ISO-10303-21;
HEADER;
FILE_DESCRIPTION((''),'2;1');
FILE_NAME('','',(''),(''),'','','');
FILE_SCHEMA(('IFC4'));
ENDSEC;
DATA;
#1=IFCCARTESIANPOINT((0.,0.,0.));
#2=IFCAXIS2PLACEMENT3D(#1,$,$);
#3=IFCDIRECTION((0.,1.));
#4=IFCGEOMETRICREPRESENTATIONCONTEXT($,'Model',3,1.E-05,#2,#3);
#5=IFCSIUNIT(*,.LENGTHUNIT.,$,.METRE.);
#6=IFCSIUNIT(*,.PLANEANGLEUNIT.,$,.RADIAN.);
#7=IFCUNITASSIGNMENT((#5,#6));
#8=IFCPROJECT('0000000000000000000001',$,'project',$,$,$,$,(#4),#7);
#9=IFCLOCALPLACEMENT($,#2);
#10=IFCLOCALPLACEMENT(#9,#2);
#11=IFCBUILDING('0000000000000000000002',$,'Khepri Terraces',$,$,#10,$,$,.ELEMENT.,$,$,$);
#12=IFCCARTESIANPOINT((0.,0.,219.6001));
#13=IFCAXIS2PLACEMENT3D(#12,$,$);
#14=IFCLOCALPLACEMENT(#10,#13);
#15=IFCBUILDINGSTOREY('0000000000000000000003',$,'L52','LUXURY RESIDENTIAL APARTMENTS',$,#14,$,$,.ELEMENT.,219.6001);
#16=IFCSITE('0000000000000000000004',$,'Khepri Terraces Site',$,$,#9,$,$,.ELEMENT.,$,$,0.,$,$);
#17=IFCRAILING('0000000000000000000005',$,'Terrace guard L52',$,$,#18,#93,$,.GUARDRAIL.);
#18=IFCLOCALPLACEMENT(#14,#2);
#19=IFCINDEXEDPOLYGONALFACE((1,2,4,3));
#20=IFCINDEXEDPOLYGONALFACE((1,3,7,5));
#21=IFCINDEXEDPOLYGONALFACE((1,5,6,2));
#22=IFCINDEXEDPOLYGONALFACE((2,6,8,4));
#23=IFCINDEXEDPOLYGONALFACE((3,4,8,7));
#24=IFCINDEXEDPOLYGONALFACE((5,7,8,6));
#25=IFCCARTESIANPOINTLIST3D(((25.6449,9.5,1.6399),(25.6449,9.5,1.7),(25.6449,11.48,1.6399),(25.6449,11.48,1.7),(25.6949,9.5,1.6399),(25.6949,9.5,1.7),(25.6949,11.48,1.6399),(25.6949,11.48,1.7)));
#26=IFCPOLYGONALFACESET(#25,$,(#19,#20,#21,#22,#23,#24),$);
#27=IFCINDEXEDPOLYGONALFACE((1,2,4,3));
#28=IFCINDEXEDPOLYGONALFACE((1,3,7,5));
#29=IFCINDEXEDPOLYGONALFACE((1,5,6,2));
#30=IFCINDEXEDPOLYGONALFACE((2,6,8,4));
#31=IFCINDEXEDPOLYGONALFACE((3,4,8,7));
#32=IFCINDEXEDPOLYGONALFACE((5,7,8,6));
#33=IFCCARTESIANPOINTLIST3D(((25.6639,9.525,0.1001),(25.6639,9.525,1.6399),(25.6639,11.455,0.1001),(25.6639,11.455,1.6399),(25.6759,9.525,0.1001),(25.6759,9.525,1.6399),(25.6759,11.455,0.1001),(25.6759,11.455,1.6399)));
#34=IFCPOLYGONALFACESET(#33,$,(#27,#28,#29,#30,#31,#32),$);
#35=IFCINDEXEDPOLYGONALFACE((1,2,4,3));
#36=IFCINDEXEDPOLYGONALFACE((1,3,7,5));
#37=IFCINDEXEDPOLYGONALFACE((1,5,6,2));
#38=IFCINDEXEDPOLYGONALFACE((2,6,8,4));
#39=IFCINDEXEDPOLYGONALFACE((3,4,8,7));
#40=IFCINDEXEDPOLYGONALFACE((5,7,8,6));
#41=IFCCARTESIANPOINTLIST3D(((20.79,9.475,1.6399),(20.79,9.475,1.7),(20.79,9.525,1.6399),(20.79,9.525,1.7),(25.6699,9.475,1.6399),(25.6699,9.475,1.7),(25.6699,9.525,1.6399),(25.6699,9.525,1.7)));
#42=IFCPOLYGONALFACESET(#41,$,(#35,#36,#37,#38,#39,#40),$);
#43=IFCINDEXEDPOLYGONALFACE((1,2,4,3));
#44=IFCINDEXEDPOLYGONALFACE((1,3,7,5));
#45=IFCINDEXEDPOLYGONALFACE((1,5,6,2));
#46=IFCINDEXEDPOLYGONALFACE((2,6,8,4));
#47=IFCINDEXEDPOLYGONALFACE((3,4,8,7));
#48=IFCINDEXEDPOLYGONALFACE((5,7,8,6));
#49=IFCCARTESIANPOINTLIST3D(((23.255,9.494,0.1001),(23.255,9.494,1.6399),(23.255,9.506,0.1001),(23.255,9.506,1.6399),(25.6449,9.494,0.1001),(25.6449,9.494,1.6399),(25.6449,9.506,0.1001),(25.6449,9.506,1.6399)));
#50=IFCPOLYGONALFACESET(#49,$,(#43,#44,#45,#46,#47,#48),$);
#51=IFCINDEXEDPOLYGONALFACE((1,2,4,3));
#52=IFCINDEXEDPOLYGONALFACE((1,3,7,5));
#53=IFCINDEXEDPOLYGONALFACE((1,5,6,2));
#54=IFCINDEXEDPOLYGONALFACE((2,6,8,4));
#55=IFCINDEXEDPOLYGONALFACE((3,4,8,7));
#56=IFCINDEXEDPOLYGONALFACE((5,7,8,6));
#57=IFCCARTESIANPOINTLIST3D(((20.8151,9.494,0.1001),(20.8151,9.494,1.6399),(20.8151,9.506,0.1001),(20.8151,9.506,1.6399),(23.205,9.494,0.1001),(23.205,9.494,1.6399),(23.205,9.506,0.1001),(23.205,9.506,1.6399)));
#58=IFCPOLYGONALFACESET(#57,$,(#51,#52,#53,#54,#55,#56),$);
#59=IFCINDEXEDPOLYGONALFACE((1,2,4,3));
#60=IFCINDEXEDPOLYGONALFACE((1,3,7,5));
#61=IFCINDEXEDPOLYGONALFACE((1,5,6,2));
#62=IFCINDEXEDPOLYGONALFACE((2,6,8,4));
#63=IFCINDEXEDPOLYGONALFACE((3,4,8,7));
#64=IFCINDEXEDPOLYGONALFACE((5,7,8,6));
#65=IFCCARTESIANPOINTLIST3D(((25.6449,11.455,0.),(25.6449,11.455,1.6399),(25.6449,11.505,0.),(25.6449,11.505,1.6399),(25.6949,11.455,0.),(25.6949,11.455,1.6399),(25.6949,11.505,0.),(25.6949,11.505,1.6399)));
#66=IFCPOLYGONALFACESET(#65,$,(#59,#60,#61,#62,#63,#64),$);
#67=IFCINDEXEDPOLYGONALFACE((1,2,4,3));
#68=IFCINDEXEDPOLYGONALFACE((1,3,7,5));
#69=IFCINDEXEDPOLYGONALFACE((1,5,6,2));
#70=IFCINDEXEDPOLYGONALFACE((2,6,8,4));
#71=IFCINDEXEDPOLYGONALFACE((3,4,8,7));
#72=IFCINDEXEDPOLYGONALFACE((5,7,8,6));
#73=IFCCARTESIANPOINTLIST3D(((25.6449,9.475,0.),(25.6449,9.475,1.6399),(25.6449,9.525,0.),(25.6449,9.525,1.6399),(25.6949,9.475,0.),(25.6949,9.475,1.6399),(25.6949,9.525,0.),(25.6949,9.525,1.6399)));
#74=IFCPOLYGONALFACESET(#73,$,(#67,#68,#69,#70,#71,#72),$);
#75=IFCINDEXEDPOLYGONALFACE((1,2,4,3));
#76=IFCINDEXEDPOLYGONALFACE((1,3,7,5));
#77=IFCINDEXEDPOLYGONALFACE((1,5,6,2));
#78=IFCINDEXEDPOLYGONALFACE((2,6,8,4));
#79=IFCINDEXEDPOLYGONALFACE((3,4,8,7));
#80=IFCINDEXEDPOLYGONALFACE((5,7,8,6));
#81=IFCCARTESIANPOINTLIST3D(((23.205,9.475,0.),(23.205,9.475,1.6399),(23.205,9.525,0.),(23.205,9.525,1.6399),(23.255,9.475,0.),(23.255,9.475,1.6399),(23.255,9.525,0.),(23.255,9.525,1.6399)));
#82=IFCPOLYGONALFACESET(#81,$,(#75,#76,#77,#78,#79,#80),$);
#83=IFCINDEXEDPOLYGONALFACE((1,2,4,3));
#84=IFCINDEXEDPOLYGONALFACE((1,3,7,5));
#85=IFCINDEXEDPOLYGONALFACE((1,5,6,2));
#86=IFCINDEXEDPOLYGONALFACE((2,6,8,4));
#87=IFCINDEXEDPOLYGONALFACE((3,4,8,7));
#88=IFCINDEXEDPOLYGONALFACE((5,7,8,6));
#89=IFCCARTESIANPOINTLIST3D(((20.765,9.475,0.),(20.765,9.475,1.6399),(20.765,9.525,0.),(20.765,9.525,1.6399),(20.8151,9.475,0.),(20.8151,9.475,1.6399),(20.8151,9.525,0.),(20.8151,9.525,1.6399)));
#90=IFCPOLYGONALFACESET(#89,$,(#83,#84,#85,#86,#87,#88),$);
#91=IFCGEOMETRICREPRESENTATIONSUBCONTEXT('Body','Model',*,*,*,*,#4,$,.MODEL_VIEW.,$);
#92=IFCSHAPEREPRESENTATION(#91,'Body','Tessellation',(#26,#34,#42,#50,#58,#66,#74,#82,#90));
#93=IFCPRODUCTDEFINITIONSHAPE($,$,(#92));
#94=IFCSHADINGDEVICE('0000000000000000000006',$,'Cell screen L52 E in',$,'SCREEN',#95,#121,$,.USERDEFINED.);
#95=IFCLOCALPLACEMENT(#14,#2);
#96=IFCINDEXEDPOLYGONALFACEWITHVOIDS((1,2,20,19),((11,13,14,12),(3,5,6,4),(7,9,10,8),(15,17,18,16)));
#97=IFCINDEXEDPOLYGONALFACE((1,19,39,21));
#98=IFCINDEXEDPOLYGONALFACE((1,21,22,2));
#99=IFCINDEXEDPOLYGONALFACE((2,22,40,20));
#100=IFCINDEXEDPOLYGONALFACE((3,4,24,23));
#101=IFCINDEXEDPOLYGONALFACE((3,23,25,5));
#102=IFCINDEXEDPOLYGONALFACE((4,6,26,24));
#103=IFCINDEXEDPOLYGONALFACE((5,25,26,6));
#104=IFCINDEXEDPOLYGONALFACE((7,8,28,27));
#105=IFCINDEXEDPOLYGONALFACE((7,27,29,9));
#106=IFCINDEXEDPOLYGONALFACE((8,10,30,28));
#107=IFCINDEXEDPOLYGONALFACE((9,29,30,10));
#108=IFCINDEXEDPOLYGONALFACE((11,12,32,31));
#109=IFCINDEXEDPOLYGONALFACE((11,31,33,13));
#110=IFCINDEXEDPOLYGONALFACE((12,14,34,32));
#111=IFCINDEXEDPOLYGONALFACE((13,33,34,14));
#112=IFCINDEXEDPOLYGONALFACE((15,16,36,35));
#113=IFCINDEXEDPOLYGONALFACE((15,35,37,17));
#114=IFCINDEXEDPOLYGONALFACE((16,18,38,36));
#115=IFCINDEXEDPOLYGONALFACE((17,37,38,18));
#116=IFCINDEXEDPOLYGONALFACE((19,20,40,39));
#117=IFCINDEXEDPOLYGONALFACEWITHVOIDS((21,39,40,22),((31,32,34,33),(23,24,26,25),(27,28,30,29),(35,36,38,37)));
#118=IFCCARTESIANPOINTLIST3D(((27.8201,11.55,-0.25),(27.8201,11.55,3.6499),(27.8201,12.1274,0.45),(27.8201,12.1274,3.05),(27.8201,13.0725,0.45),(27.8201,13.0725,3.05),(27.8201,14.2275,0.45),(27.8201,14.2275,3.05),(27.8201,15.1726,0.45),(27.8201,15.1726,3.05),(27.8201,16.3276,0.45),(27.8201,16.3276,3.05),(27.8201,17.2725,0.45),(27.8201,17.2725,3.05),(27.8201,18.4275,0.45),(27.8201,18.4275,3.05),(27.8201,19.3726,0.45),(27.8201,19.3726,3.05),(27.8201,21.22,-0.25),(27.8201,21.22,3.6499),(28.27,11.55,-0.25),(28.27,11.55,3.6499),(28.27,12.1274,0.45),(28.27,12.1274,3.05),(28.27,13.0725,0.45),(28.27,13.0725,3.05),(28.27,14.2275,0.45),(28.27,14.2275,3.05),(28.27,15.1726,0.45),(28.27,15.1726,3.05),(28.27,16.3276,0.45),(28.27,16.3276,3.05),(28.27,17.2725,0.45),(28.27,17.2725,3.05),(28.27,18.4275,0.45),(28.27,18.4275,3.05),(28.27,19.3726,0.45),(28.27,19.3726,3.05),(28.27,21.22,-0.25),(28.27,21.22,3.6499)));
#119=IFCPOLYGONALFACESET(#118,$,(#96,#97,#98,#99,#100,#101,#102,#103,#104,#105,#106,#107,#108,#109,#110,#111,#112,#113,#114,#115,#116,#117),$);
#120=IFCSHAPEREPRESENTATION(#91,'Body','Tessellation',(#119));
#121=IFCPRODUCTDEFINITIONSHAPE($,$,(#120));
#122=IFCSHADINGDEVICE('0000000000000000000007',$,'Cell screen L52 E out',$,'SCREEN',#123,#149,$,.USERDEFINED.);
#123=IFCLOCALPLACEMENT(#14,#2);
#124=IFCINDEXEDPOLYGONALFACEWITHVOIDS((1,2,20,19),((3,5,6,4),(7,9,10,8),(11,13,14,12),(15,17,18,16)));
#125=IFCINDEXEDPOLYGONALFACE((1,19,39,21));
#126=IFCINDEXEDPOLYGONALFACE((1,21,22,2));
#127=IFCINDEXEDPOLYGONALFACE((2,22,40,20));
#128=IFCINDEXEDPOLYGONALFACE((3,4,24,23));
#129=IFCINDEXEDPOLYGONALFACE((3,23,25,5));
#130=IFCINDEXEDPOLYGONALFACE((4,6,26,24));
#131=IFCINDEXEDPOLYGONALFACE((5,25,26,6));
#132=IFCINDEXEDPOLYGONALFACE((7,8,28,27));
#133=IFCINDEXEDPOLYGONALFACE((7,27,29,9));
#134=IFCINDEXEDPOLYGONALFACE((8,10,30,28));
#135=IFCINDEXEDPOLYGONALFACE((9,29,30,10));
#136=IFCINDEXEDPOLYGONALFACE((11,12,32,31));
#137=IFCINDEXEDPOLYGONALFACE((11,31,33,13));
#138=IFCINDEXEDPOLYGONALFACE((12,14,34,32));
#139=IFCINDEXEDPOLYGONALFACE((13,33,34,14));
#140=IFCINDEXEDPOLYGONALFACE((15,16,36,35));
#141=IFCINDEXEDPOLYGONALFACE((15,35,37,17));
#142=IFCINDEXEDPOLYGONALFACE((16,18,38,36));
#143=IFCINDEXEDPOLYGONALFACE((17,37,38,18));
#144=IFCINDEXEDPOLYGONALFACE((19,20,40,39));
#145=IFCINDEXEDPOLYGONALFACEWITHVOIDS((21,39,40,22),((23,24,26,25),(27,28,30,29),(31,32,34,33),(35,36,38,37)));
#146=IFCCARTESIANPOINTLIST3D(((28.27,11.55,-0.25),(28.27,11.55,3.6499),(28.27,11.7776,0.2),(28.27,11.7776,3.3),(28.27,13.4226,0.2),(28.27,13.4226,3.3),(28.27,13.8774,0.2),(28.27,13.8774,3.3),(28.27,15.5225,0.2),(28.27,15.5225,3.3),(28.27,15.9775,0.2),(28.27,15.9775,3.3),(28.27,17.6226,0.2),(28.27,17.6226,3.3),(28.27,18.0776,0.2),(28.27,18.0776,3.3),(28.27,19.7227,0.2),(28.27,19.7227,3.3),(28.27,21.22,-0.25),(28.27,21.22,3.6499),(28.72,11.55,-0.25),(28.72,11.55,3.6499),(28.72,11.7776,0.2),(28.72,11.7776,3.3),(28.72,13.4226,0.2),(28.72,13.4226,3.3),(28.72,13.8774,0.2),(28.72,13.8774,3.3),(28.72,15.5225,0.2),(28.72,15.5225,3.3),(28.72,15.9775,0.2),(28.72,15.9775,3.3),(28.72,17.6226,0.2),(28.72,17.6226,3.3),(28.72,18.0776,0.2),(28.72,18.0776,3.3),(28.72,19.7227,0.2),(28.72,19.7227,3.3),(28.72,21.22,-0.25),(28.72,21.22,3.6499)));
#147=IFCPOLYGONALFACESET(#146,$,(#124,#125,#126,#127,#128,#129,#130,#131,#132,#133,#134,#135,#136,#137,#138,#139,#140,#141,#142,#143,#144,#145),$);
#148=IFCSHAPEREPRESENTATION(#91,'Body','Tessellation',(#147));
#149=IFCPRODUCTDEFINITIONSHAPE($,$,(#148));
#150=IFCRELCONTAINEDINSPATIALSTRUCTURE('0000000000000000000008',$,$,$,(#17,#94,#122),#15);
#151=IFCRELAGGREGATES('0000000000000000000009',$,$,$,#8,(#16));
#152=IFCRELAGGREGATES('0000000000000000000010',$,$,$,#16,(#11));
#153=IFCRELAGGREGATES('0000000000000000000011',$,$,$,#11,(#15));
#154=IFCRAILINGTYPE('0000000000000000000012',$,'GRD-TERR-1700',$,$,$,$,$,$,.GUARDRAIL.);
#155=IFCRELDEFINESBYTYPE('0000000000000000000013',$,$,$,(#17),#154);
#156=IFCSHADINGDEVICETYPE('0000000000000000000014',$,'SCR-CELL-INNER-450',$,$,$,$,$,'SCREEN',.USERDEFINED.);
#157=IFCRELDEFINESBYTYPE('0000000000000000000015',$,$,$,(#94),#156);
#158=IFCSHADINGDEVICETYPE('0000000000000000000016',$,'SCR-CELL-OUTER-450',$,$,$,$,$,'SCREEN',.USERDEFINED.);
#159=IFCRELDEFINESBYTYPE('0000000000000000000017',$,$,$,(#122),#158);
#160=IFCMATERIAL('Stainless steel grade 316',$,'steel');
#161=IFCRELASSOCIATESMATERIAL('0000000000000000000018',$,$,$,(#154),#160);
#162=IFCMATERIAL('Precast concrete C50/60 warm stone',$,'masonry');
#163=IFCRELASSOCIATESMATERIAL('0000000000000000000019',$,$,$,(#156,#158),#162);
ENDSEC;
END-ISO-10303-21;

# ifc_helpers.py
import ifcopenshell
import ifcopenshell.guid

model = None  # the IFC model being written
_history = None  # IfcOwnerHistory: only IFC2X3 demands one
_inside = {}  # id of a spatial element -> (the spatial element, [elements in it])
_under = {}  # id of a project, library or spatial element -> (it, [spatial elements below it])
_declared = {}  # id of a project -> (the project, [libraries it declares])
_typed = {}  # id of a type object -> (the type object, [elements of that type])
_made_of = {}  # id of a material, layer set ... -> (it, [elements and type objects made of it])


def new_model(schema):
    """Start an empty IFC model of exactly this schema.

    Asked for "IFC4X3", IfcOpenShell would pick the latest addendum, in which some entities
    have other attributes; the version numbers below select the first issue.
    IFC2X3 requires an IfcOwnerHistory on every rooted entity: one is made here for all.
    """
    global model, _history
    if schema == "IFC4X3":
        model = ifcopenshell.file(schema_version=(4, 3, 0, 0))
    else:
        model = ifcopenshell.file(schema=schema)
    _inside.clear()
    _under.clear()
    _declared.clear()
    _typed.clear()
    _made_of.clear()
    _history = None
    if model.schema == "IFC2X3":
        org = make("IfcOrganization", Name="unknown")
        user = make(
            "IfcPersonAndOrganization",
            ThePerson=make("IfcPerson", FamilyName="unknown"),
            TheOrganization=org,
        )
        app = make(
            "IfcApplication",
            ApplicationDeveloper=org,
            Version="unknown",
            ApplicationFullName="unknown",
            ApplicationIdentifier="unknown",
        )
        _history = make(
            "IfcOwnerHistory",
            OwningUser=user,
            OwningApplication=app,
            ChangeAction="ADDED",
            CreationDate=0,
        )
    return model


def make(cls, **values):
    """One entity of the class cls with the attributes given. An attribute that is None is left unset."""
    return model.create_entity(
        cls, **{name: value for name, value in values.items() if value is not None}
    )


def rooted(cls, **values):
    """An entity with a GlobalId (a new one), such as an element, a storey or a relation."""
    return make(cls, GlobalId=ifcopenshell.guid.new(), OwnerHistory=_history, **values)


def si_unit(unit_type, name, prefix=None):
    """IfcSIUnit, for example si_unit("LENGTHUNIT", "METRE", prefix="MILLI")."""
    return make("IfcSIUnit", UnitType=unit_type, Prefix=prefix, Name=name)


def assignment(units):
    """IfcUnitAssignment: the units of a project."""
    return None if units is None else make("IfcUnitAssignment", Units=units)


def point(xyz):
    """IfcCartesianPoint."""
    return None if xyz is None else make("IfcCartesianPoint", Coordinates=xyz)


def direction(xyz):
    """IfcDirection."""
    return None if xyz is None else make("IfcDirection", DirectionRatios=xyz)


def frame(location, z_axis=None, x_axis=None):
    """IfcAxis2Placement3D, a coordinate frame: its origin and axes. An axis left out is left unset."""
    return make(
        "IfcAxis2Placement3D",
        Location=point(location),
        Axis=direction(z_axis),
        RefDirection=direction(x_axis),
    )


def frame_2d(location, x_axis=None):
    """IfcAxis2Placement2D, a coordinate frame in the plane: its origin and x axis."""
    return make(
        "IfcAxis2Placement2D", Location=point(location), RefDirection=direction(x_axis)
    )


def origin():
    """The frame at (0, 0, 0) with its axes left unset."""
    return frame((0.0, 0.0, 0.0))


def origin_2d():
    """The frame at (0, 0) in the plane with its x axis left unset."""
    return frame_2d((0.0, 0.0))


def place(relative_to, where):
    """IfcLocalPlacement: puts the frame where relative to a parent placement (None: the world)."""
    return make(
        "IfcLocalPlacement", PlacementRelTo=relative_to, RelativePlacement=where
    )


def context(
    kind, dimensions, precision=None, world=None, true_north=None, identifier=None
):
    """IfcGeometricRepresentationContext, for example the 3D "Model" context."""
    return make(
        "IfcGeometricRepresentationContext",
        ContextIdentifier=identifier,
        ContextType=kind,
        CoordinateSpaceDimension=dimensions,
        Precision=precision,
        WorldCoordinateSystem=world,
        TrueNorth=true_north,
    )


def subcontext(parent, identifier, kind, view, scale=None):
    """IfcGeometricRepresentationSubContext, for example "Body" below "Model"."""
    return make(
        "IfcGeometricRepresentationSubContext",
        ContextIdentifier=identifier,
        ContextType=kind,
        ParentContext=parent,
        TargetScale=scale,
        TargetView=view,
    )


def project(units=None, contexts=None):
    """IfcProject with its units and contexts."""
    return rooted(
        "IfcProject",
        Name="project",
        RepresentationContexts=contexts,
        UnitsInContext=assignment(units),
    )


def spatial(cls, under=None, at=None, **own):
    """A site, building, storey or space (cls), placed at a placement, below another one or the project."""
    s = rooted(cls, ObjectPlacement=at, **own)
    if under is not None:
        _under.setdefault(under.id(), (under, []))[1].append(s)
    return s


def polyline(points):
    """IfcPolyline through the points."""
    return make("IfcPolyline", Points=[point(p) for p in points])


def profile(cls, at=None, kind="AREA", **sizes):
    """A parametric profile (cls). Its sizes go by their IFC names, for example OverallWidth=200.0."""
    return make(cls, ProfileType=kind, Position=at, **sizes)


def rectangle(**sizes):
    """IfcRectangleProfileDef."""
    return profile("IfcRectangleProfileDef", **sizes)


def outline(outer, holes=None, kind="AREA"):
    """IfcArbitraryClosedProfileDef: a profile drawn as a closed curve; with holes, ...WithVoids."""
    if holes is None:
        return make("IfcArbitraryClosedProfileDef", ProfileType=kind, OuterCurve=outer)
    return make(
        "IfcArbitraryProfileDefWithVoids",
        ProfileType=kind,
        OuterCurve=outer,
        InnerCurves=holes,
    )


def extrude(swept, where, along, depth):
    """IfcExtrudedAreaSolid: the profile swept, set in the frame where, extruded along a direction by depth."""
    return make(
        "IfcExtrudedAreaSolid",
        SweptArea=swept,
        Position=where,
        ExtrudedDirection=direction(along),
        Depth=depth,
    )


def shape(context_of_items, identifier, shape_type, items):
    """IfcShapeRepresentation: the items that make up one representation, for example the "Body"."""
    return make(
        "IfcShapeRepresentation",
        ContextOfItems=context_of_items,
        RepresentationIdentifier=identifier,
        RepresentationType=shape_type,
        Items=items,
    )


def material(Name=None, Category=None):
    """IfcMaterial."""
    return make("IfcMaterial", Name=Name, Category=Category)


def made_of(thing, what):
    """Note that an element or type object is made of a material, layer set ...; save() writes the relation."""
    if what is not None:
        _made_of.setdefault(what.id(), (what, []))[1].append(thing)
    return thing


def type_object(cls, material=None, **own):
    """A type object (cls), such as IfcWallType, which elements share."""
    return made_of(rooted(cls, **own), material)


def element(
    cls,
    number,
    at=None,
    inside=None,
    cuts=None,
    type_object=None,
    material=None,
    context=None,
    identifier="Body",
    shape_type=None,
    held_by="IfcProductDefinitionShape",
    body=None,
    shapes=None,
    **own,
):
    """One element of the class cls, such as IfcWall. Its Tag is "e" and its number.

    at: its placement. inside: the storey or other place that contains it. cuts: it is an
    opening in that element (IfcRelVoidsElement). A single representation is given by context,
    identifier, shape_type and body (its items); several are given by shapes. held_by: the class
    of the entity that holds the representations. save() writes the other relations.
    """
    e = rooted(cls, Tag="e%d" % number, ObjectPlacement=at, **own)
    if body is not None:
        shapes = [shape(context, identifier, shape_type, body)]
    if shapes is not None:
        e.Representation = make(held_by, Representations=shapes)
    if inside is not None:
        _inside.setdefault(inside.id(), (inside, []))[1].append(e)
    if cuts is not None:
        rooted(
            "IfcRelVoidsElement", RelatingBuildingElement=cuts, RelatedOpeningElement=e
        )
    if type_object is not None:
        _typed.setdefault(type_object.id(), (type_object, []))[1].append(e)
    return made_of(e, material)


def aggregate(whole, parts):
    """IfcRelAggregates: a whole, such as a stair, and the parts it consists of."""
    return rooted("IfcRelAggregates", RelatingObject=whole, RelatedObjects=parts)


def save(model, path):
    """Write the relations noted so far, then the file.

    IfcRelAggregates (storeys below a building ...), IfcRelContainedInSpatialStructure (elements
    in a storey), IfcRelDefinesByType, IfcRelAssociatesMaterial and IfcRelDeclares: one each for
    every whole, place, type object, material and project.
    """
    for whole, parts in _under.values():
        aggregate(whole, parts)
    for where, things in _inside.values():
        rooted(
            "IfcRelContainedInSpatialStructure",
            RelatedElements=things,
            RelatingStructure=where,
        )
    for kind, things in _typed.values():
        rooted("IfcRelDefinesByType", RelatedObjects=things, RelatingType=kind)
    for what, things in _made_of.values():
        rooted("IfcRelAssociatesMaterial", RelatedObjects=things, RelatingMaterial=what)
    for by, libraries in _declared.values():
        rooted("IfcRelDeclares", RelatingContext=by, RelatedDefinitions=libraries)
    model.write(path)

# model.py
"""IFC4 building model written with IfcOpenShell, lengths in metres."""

from ifc_helpers import new_model, si_unit, direction, frame, origin, origin_2d, place, context, subcontext, project, spatial, polyline, rectangle, outline, extrude, material, type_object, element, save


model = new_model("IFC4")

# Units and contexts
model_context = context("Model", 3, precision=1e-05, world=origin(), true_north=direction((0.0, 1.0)))
body_context = subcontext(model_context, "Body", "Model", "MODEL_VIEW")
ifc_project = project(units=[si_unit("LENGTHUNIT", "METRE"), si_unit("PLANEANGLEUNIT", "RADIAN")], contexts=[model_context])

# Site, building, storey
site_placement = place(None, origin())
site = spatial("IfcSite", under=ifc_project, at=site_placement, Name="Khepri Terraces Site", CompositionType="ELEMENT", RefElevation=0.0)
building_placement = place(site_placement, origin())
building = spatial("IfcBuilding", under=site, at=building_placement, Name="Khepri Terraces", CompositionType="ELEMENT")
storey_placement = place(building_placement, frame((0.0, 0.0, 219.6001)))
storey = spatial("IfcBuildingStorey", under=building, at=storey_placement, Name="L52", Description="LUXURY RESIDENTIAL APARTMENTS", CompositionType="ELEMENT", Elevation=219.6001)

# Shared definitions
ifc_material_1 = material(Name="Precast concrete C50/60 warm stone", Category="masonry")

# Railing
ifc_material_2 = material(Name="Stainless steel grade 316", Category="steel")
railing_type_1 = type_object("IfcRailingType", Name="GRD-TERR-1700", PredefinedType="GUARDRAIL", material=ifc_material_2)
railing_1_placement = place(storey_placement, frame((25.6699, 11.48, 0.0)))
element("IfcRailing", 1, at=railing_1_placement, inside=storey, type_object=railing_type_1, Name="Terrace guard L52", PredefinedType="GUARDRAIL", context=body_context, shape_type="SweptSolid", body=[
    extrude(rectangle(XDim=0.05, YDim=0.0601, at=origin_2d()), frame((0.0, 0.0, 1.6699), z_axis=(0.0, -1.0, 0.0), x_axis=(1.0, 0.0, 0.0)), (0.0, 0.0, 1.0), 1.98),
    extrude(rectangle(XDim=1.9299, YDim=0.012, at=origin_2d()), frame((0.0, -0.99, 0.1001), z_axis=(0.0, 0.0, 1.0), x_axis=(0.0, -1.0, 0.0)), (0.0, 0.0, 1.0), 1.5398),
    extrude(rectangle(XDim=0.05, YDim=0.0601, at=origin_2d()), frame((0.0, -1.98, 1.6699), z_axis=(-1.0, 0.0, 0.0), x_axis=(0.0, -1.0, 0.0)), (0.0, 0.0, 1.0), 4.8799),
    extrude(rectangle(XDim=2.3899, YDim=0.012, at=origin_2d()), frame((-1.22, -1.98, 0.1001), z_axis=(0.0, 0.0, 1.0), x_axis=(-1.0, 0.0, 0.0)), (0.0, 0.0, 1.0), 1.5398),
    extrude(rectangle(XDim=2.3899, YDim=0.012, at=origin_2d()), frame((-3.6599, -1.98, 0.1001), z_axis=(0.0, 0.0, 1.0), x_axis=(-1.0, 0.0, 0.0)), (0.0, 0.0, 1.0), 1.5398),
    extrude(rectangle(XDim=0.05, YDim=0.05, at=origin_2d()), origin(), (0.0, 0.0, 1.0), 1.6399),
    extrude(rectangle(XDim=0.05, YDim=0.05, at=origin_2d()), frame((0.0, -1.98, 0.0)), (0.0, 0.0, 1.0), 1.6399),
    extrude(rectangle(XDim=0.05, YDim=0.05, at=origin_2d()), frame((-2.4399, -1.98, 0.0)), (0.0, 0.0, 1.0), 1.6399),
    extrude(rectangle(XDim=0.05, YDim=0.05, at=origin_2d()), frame((-4.8799, -1.98, 0.0)), (0.0, 0.0, 1.0), 1.6399),
])

# Shading devices
shading_device_type_1 = type_object("IfcShadingDeviceType", Name="SCR-CELL-INNER-450", ElementType="SCREEN", PredefinedType="USERDEFINED", material=ifc_material_1)
shading_device_1_placement = place(storey_placement, frame((27.8201, 11.55, -0.25), z_axis=(1.0, 0.0, 0.0), x_axis=(0.0, 1.0, 0.0)))
element("IfcShadingDevice", 2, at=shading_device_1_placement, inside=storey, type_object=shading_device_type_1, Name="Cell screen L52 E in", ObjectType="SCREEN", PredefinedType="USERDEFINED", context=body_context, shape_type="SweptSolid", body=[
    extrude(outline(polyline([(0.0, 0.0), (9.6699, 0.0), (9.6699, 3.8999), (0.0, 3.8999), (0.0, 0.0)]), holes=[polyline([(0.5774, 0.7), (1.5225, 0.7), (1.5225, 3.3), (0.5774, 3.3), (0.5774, 0.7)]), polyline([(2.6775, 0.7), (3.6226, 0.7), (3.6226, 3.3), (2.6775, 3.3), (2.6775, 0.7)]), polyline([(4.7776, 0.7), (5.7224, 0.7), (5.7224, 3.3), (4.7776, 3.3), (4.7776, 0.7)]), polyline([(6.8774, 0.7), (7.8225, 0.7), (7.8225, 3.3), (6.8774, 3.3), (6.8774, 0.7)])]), origin(), (0.0, 0.0, 1.0), 0.45),
])
shading_device_type_2 = type_object("IfcShadingDeviceType", Name="SCR-CELL-OUTER-450", ElementType="SCREEN", PredefinedType="USERDEFINED", material=ifc_material_1)
shading_device_2_placement = place(storey_placement, frame((28.27, 11.55, -0.25), z_axis=(1.0, 0.0, 0.0), x_axis=(0.0, 1.0, 0.0)))
element("IfcShadingDevice", 3, at=shading_device_2_placement, inside=storey, type_object=shading_device_type_2, Name="Cell screen L52 E out", ObjectType="SCREEN", PredefinedType="USERDEFINED", context=body_context, shape_type="SweptSolid", body=[
    extrude(outline(polyline([(0.0, 0.0), (9.6699, 0.0), (9.6699, 3.8999), (0.0, 3.8999), (0.0, 0.0)]), holes=[polyline([(0.2275, 0.45), (1.8726, 0.45), (1.8726, 3.55), (0.2275, 3.55), (0.2275, 0.45)]), polyline([(2.3274, 0.45), (3.9724, 0.45), (3.9724, 3.55), (2.3274, 3.55), (2.3274, 0.45)]), polyline([(4.4275, 0.45), (6.0725, 0.45), (6.0725, 3.55), (4.4275, 3.55), (4.4275, 0.45)]), polyline([(6.5276, 0.45), (8.1726, 0.45), (8.1726, 3.55), (6.5276, 3.55), (6.5276, 0.45)])]), origin(), (0.0, 0.0, 1.0), 0.45),
])

save(model, "model.ifc")
